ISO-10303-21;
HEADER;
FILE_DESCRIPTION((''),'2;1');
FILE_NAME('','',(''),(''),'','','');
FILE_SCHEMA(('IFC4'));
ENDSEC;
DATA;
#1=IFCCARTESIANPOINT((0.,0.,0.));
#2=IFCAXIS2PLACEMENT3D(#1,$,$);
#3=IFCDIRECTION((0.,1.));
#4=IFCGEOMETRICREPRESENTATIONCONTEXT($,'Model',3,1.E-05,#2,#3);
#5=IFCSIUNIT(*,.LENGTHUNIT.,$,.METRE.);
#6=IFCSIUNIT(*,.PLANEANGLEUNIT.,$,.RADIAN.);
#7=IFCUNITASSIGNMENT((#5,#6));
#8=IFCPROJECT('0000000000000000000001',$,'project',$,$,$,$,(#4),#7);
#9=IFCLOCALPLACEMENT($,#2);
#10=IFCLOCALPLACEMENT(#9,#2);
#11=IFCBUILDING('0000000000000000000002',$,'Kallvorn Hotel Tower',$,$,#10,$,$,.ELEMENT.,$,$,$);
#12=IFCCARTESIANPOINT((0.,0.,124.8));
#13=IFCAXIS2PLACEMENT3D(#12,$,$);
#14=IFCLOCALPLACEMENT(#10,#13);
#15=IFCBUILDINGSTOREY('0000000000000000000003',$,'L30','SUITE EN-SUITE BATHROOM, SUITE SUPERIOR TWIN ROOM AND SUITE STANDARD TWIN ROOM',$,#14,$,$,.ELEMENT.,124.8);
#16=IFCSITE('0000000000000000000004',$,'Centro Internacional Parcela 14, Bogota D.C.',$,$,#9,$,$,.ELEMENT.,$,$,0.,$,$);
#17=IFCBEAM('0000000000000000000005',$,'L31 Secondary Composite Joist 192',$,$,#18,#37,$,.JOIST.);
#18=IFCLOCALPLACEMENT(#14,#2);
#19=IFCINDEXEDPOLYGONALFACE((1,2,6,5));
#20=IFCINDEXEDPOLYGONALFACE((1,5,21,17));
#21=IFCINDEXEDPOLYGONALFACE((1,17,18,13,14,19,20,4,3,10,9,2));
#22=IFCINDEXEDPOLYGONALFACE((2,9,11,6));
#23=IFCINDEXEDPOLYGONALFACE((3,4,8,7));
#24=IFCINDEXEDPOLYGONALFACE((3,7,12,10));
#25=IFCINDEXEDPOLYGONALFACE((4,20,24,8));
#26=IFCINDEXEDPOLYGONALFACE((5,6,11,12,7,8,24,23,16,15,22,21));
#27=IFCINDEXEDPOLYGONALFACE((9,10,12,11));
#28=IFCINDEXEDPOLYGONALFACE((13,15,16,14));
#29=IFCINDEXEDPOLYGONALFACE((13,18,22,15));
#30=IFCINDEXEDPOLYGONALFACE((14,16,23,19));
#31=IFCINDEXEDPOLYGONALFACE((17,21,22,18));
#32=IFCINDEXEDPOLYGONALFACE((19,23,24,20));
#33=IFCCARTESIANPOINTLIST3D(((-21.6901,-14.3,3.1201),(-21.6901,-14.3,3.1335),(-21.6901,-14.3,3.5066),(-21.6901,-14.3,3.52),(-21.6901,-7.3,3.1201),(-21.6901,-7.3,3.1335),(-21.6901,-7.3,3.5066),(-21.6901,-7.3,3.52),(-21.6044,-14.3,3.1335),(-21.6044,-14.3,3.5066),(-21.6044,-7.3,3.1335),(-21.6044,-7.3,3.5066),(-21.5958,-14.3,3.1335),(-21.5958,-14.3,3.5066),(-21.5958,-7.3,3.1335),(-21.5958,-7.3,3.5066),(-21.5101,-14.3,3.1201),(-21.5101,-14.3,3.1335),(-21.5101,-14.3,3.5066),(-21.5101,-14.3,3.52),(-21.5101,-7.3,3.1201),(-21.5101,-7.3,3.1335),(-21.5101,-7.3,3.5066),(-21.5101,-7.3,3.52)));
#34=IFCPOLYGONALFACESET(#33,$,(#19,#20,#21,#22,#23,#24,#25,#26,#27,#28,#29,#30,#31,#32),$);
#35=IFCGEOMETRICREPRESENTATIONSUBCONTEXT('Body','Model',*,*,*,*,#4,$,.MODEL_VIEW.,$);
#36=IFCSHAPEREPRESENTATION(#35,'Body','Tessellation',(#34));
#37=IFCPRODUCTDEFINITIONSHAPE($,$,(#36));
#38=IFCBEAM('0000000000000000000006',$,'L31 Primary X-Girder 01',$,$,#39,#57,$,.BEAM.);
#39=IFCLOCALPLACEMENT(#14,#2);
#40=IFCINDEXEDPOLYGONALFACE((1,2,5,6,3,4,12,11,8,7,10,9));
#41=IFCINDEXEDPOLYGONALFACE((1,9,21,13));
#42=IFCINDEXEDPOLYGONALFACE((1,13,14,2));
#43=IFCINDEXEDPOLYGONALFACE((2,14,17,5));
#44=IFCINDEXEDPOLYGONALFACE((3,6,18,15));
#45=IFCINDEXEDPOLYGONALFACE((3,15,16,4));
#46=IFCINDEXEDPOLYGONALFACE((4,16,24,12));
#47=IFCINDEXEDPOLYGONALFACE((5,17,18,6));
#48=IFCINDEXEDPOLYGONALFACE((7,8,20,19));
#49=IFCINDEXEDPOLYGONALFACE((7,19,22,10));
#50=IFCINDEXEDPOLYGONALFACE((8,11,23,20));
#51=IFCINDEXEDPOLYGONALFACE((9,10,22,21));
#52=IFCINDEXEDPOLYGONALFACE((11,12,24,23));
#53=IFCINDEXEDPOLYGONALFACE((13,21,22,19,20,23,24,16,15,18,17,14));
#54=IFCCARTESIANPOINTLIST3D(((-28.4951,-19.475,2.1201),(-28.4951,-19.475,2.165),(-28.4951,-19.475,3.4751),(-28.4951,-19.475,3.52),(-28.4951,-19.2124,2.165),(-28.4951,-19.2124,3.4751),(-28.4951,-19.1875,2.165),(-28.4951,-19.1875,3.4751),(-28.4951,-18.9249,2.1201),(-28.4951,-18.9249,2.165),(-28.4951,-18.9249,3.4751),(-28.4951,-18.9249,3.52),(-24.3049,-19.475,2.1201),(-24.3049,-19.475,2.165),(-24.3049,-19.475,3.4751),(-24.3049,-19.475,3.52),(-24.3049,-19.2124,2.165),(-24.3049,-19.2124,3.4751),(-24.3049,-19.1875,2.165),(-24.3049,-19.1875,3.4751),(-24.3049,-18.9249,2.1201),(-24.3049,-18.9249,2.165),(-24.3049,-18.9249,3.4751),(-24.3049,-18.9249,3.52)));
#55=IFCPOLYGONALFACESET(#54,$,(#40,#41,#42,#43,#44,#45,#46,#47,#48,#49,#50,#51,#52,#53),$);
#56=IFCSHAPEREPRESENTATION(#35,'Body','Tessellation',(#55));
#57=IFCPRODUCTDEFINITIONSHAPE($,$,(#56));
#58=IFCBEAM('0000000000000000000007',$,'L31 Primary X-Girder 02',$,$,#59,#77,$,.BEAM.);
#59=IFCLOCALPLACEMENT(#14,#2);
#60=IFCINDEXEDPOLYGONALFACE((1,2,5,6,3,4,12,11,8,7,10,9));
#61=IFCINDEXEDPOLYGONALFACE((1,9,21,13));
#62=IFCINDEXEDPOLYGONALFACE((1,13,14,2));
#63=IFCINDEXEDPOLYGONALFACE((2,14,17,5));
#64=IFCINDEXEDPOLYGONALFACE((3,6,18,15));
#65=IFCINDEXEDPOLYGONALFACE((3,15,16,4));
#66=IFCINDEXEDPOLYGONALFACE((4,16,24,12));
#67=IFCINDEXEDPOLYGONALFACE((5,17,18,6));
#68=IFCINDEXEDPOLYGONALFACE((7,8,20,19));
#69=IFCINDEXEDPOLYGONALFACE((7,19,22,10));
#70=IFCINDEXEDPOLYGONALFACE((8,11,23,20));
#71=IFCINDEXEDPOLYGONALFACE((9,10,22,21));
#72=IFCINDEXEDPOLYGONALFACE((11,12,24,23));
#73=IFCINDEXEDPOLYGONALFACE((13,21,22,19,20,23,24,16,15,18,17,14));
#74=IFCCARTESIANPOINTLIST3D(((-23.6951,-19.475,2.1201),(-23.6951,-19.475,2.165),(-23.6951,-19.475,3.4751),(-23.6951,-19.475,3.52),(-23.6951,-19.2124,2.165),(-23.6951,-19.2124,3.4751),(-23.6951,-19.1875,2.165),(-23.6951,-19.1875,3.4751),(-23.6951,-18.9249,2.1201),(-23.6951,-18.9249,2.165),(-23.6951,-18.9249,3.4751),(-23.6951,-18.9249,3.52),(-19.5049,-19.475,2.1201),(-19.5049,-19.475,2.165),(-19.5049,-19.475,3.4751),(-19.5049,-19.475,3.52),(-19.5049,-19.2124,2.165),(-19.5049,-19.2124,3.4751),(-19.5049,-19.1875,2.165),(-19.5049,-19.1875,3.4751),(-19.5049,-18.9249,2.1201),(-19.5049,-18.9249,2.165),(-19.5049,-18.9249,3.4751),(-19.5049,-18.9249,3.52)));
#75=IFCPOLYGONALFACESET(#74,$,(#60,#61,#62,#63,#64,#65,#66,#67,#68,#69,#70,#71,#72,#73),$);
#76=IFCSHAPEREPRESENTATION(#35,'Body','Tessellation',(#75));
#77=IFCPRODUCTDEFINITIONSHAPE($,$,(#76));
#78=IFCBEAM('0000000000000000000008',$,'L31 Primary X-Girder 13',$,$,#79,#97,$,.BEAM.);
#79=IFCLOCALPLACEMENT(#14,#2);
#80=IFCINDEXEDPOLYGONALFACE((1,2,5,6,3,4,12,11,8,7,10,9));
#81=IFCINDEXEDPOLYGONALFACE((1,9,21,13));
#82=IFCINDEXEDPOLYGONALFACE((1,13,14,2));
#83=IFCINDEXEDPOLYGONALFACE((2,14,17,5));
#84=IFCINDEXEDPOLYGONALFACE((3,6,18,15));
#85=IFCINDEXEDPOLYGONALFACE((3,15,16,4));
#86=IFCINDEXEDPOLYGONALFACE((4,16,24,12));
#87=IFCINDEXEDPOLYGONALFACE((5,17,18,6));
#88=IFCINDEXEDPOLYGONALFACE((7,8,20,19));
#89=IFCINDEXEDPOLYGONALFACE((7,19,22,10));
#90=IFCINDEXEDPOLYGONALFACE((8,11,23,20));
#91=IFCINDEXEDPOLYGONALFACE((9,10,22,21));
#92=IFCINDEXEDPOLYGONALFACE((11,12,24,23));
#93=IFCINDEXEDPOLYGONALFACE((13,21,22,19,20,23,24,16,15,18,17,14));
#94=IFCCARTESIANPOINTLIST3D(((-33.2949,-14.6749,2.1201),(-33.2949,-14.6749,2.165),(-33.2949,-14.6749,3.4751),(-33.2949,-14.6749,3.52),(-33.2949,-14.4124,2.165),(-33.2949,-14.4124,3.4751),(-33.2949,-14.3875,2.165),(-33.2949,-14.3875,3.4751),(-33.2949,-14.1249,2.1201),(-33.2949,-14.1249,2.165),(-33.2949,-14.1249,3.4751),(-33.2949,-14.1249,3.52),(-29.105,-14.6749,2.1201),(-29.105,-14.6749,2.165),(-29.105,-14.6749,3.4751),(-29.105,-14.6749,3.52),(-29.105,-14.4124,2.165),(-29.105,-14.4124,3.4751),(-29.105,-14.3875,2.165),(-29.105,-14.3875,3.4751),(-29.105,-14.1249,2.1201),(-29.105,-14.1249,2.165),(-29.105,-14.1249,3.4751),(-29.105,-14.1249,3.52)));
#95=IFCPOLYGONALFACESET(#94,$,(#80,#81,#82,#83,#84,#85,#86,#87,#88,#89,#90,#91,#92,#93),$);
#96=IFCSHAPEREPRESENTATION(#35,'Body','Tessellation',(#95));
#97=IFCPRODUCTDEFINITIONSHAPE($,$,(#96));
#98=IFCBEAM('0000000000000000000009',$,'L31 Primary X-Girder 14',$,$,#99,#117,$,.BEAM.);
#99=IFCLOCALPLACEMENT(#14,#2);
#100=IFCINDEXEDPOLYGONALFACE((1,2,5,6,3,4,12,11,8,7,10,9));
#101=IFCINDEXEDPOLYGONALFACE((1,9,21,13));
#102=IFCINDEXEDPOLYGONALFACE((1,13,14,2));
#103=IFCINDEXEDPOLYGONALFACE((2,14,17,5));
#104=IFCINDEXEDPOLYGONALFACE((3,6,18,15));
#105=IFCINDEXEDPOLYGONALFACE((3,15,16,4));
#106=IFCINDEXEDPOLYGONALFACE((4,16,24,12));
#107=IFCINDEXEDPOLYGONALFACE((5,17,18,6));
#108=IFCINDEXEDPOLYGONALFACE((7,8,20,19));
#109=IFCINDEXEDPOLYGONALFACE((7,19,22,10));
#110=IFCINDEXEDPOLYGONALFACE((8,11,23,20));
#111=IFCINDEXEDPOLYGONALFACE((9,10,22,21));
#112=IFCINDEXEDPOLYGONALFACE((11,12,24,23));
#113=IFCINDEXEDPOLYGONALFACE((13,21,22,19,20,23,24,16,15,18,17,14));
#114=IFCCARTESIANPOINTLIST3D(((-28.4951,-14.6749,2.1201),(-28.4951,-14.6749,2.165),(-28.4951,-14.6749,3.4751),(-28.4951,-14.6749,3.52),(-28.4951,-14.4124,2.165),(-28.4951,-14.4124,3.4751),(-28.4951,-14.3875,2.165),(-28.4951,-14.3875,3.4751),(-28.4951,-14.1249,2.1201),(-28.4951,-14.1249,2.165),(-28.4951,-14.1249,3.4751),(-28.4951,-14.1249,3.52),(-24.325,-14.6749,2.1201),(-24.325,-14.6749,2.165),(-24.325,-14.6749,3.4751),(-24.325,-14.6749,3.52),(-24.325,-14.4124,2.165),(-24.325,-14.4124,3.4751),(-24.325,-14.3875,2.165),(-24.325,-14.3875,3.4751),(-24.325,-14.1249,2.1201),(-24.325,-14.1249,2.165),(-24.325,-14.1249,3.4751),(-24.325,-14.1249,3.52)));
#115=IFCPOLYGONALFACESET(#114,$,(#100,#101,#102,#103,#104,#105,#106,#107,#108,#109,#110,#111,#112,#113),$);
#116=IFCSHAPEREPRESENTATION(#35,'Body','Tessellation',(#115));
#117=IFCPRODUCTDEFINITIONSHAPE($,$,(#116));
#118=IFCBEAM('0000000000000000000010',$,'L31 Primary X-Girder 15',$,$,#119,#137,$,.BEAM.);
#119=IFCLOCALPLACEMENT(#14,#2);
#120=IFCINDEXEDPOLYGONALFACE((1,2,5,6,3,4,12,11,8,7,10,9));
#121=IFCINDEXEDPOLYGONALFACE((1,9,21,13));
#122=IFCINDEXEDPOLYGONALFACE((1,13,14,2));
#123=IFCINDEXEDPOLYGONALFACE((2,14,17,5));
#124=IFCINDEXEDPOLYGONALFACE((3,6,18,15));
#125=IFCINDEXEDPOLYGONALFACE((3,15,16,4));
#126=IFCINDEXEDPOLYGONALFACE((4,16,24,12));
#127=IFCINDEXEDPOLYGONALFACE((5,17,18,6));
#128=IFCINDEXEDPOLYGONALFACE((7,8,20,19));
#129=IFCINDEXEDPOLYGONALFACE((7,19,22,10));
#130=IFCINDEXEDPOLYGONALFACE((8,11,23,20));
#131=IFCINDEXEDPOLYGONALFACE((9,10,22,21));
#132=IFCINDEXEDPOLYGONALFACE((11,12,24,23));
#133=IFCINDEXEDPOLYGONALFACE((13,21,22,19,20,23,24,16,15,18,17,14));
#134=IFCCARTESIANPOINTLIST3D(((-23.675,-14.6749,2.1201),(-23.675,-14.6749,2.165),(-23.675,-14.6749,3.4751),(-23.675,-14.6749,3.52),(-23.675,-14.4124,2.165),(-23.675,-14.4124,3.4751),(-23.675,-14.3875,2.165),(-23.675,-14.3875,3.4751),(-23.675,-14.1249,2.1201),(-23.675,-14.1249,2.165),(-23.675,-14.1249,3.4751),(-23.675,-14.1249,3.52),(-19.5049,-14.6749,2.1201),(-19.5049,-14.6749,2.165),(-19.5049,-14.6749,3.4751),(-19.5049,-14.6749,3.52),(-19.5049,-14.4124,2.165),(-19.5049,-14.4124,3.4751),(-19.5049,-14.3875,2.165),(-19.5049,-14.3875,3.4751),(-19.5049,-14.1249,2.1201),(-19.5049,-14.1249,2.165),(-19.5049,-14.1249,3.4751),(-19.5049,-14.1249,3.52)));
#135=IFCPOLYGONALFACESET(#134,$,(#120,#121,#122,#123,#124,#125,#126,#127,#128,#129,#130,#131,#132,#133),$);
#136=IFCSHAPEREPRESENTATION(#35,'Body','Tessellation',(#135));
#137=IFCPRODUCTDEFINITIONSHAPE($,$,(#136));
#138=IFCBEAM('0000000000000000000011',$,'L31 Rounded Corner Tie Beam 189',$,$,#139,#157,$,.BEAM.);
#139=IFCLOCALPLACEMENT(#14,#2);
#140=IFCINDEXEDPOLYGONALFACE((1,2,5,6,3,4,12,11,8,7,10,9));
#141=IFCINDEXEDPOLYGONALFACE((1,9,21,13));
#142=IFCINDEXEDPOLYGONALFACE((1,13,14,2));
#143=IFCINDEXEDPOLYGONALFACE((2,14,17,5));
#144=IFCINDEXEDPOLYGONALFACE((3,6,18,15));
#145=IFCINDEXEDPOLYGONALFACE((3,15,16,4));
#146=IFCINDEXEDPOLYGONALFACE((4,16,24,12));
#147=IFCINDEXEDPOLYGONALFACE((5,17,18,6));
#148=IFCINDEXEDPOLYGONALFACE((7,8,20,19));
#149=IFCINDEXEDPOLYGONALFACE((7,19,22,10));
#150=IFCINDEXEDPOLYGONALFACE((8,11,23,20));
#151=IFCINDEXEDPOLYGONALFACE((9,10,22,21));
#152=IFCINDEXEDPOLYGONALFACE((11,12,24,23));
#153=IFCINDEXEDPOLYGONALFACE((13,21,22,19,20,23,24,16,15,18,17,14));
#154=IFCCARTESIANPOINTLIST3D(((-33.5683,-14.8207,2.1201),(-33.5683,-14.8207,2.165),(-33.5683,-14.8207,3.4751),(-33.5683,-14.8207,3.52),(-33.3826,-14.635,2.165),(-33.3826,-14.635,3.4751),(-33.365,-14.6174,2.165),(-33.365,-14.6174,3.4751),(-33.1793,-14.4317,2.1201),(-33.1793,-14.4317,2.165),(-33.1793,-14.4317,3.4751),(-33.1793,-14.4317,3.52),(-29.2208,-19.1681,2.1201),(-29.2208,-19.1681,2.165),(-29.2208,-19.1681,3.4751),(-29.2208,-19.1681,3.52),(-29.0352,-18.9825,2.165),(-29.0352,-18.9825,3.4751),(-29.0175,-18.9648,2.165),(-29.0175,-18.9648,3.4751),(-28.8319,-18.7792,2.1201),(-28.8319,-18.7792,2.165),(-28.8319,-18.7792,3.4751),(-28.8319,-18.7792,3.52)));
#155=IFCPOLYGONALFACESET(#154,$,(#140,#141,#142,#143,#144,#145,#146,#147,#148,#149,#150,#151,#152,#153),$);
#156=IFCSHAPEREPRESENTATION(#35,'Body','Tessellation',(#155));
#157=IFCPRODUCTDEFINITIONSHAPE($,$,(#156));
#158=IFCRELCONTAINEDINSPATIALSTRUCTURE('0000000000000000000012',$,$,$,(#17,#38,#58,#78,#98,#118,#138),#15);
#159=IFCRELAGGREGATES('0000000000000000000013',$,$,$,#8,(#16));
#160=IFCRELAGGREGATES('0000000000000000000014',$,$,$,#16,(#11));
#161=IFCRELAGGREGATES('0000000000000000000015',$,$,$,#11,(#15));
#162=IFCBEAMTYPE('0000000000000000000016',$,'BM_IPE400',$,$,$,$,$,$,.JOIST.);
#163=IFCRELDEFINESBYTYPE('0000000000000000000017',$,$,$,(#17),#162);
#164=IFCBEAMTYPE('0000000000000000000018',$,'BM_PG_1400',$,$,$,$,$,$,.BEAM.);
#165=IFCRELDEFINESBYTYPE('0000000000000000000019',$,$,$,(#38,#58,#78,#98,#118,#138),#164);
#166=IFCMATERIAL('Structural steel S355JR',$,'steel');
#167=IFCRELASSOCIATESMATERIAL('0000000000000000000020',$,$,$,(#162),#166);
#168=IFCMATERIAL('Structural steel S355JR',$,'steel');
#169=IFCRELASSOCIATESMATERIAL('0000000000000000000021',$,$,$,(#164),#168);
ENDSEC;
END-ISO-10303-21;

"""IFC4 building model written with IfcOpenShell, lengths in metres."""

from ifc_helpers import new_model, si_unit, direction, frame, origin, origin_2d, place, context, subcontext, project, spatial, i_section, extrude, material, material_profile, profile_set, type_object, element, save


model = new_model("IFC4")

# Units and contexts
model_context = context("Model", 3, precision=1e-05, world=origin(), true_north=direction((0.0, 1.0)))
body_context = subcontext(model_context, "Body", "Model", "MODEL_VIEW")
ifc_project = project(units=[si_unit("LENGTHUNIT", "METRE"), si_unit("PLANEANGLEUNIT", "RADIAN")], contexts=[model_context])

# Site, building, storey
site_placement = place(None, origin())
site = spatial("IfcSite", under=ifc_project, at=site_placement, Name="Centro Internacional Parcela 14, Bogota D.C.", CompositionType="ELEMENT", RefElevation=0.0)
building_placement = place(site_placement, origin())
building = spatial("IfcBuilding", under=site, at=building_placement, Name="Kallvorn Hotel Tower", CompositionType="ELEMENT")
storey_placement = place(building_placement, frame((0.0, 0.0, 124.8)))
storey = spatial("IfcBuildingStorey", under=building, at=storey_placement, Name="L30", Description="SUITE EN-SUITE BATHROOM, SUITE SUPERIOR TWIN ROOM AND SUITE STANDARD TWIN ROOM", CompositionType="ELEMENT", Elevation=124.8)

# Beams
ifc_material_1 = material(Name="Structural steel S355JR", Category="steel")
ifc_material_profile_1 = material_profile(ifc_material_1, i_section(OverallWidth=0.1799, OverallDepth=0.3999, WebThickness=0.0085, FlangeThickness=0.0134, at=origin_2d()), Name="IPE 400")
ifc_profile_set_1 = profile_set([ifc_material_profile_1], Name="Structural steel S355JR")
beam_type_1 = type_object("IfcBeamType", Name="BM_IPE400", PredefinedType="JOIST", material=ifc_profile_set_1)
beam_1_placement = place(storey_placement, frame((-21.6001, -14.3, 3.3201), z_axis=(0.0, 1.0, 0.0), x_axis=(-1.0, 0.0, 0.0)))
element("IfcBeam", 1, at=beam_1_placement, inside=storey, type_object=beam_type_1, Name="L31 Secondary Composite Joist 192", PredefinedType="JOIST", context=body_context, shape_type="SweptSolid", body=[
    extrude(i_section(OverallWidth=0.1799, OverallDepth=0.3999, WebThickness=0.0085, FlangeThickness=0.0134, at=origin_2d()), origin(), (0.0, 0.0, 1.0), 7.0),
])
ifc_material_2 = material(Name="Structural steel S355JR", Category="steel")
ifc_material_profile_2 = material_profile(ifc_material_2, i_section(OverallWidth=0.55, OverallDepth=1.3999, WebThickness=0.0249, FlangeThickness=0.0449, at=origin_2d()), Name="PG 1400x550x25x45")
ifc_profile_set_2 = profile_set([ifc_material_profile_2], Name="Structural steel S355JR")
beam_type_2 = type_object("IfcBeamType", Name="BM_PG_1400", PredefinedType="BEAM", material=ifc_profile_set_2)
for number, where, z_axis, x_axis, name in (
    (2, (-28.4951, -19.2, 2.8201), (1.0, 0.0, 0.0), (0.0, 1.0, 0.0), "L31 Primary X-Girder 01"),
    (3, (-23.6951, -19.2, 2.8201), (1.0, 0.0, 0.0), (0.0, 1.0, 0.0), "L31 Primary X-Girder 02"),
):
    element("IfcBeam", number, at=place(storey_placement, frame(where, z_axis=z_axis, x_axis=x_axis)), inside=storey, type_object=beam_type_2, Name=name, PredefinedType="BEAM", context=body_context, shape_type="SweptSolid", body=[
        extrude(i_section(OverallWidth=0.55, OverallDepth=1.3999, WebThickness=0.0249, FlangeThickness=0.0449, at=origin_2d()), origin(), (0.0, 0.0, 1.0), 4.1902),
    ])
beam_2_placement = place(storey_placement, frame((-33.2949, -14.3999, 2.8201), z_axis=(1.0, 0.0, 0.0), x_axis=(0.0, 1.0, 0.0)))
element("IfcBeam", 4, at=beam_2_placement, inside=storey, type_object=beam_type_2, Name="L31 Primary X-Girder 13", PredefinedType="BEAM", context=body_context, shape_type="SweptSolid", body=[
    extrude(i_section(OverallWidth=0.55, OverallDepth=1.3999, WebThickness=0.0249, FlangeThickness=0.0449, at=origin_2d()), origin(), (0.0, 0.0, 1.0), 4.1899),
])
for number, where, z_axis, x_axis, name in (
    (5, (-28.4951, -14.3999, 2.8201), (1.0, 0.0, 0.0), (0.0, 1.0, 0.0), "L31 Primary X-Girder 14"),
    (6, (-23.675, -14.3999, 2.8201), (1.0, 0.0, 0.0), (0.0, 1.0, 0.0), "L31 Primary X-Girder 15"),
):
    element("IfcBeam", number, at=place(storey_placement, frame(where, z_axis=z_axis, x_axis=x_axis)), inside=storey, type_object=beam_type_2, Name=name, PredefinedType="BEAM", context=body_context, shape_type="SweptSolid", body=[
        extrude(i_section(OverallWidth=0.55, OverallDepth=1.3999, WebThickness=0.0249, FlangeThickness=0.0449, at=origin_2d()), origin(), (0.0, 0.0, 1.0), 4.1702),
    ])
beam_3_placement = place(storey_placement, frame((-33.3738, -14.6262, 2.8201), z_axis=(0.707107, -0.707107, 0.0), x_axis=(0.707107, 0.707107, 0.0)))
element("IfcBeam", 7, at=beam_3_placement, inside=storey, type_object=beam_type_2, Name="L31 Rounded Corner Tie Beam 189", PredefinedType="BEAM", context=body_context, shape_type="SweptSolid", body=[
    extrude(i_section(OverallWidth=0.55, OverallDepth=1.3999, WebThickness=0.0249, FlangeThickness=0.0449, at=origin_2d()), origin(), (0.0, 0.0, 1.0), 6.1482),
])

save(model, "model.ifc")
